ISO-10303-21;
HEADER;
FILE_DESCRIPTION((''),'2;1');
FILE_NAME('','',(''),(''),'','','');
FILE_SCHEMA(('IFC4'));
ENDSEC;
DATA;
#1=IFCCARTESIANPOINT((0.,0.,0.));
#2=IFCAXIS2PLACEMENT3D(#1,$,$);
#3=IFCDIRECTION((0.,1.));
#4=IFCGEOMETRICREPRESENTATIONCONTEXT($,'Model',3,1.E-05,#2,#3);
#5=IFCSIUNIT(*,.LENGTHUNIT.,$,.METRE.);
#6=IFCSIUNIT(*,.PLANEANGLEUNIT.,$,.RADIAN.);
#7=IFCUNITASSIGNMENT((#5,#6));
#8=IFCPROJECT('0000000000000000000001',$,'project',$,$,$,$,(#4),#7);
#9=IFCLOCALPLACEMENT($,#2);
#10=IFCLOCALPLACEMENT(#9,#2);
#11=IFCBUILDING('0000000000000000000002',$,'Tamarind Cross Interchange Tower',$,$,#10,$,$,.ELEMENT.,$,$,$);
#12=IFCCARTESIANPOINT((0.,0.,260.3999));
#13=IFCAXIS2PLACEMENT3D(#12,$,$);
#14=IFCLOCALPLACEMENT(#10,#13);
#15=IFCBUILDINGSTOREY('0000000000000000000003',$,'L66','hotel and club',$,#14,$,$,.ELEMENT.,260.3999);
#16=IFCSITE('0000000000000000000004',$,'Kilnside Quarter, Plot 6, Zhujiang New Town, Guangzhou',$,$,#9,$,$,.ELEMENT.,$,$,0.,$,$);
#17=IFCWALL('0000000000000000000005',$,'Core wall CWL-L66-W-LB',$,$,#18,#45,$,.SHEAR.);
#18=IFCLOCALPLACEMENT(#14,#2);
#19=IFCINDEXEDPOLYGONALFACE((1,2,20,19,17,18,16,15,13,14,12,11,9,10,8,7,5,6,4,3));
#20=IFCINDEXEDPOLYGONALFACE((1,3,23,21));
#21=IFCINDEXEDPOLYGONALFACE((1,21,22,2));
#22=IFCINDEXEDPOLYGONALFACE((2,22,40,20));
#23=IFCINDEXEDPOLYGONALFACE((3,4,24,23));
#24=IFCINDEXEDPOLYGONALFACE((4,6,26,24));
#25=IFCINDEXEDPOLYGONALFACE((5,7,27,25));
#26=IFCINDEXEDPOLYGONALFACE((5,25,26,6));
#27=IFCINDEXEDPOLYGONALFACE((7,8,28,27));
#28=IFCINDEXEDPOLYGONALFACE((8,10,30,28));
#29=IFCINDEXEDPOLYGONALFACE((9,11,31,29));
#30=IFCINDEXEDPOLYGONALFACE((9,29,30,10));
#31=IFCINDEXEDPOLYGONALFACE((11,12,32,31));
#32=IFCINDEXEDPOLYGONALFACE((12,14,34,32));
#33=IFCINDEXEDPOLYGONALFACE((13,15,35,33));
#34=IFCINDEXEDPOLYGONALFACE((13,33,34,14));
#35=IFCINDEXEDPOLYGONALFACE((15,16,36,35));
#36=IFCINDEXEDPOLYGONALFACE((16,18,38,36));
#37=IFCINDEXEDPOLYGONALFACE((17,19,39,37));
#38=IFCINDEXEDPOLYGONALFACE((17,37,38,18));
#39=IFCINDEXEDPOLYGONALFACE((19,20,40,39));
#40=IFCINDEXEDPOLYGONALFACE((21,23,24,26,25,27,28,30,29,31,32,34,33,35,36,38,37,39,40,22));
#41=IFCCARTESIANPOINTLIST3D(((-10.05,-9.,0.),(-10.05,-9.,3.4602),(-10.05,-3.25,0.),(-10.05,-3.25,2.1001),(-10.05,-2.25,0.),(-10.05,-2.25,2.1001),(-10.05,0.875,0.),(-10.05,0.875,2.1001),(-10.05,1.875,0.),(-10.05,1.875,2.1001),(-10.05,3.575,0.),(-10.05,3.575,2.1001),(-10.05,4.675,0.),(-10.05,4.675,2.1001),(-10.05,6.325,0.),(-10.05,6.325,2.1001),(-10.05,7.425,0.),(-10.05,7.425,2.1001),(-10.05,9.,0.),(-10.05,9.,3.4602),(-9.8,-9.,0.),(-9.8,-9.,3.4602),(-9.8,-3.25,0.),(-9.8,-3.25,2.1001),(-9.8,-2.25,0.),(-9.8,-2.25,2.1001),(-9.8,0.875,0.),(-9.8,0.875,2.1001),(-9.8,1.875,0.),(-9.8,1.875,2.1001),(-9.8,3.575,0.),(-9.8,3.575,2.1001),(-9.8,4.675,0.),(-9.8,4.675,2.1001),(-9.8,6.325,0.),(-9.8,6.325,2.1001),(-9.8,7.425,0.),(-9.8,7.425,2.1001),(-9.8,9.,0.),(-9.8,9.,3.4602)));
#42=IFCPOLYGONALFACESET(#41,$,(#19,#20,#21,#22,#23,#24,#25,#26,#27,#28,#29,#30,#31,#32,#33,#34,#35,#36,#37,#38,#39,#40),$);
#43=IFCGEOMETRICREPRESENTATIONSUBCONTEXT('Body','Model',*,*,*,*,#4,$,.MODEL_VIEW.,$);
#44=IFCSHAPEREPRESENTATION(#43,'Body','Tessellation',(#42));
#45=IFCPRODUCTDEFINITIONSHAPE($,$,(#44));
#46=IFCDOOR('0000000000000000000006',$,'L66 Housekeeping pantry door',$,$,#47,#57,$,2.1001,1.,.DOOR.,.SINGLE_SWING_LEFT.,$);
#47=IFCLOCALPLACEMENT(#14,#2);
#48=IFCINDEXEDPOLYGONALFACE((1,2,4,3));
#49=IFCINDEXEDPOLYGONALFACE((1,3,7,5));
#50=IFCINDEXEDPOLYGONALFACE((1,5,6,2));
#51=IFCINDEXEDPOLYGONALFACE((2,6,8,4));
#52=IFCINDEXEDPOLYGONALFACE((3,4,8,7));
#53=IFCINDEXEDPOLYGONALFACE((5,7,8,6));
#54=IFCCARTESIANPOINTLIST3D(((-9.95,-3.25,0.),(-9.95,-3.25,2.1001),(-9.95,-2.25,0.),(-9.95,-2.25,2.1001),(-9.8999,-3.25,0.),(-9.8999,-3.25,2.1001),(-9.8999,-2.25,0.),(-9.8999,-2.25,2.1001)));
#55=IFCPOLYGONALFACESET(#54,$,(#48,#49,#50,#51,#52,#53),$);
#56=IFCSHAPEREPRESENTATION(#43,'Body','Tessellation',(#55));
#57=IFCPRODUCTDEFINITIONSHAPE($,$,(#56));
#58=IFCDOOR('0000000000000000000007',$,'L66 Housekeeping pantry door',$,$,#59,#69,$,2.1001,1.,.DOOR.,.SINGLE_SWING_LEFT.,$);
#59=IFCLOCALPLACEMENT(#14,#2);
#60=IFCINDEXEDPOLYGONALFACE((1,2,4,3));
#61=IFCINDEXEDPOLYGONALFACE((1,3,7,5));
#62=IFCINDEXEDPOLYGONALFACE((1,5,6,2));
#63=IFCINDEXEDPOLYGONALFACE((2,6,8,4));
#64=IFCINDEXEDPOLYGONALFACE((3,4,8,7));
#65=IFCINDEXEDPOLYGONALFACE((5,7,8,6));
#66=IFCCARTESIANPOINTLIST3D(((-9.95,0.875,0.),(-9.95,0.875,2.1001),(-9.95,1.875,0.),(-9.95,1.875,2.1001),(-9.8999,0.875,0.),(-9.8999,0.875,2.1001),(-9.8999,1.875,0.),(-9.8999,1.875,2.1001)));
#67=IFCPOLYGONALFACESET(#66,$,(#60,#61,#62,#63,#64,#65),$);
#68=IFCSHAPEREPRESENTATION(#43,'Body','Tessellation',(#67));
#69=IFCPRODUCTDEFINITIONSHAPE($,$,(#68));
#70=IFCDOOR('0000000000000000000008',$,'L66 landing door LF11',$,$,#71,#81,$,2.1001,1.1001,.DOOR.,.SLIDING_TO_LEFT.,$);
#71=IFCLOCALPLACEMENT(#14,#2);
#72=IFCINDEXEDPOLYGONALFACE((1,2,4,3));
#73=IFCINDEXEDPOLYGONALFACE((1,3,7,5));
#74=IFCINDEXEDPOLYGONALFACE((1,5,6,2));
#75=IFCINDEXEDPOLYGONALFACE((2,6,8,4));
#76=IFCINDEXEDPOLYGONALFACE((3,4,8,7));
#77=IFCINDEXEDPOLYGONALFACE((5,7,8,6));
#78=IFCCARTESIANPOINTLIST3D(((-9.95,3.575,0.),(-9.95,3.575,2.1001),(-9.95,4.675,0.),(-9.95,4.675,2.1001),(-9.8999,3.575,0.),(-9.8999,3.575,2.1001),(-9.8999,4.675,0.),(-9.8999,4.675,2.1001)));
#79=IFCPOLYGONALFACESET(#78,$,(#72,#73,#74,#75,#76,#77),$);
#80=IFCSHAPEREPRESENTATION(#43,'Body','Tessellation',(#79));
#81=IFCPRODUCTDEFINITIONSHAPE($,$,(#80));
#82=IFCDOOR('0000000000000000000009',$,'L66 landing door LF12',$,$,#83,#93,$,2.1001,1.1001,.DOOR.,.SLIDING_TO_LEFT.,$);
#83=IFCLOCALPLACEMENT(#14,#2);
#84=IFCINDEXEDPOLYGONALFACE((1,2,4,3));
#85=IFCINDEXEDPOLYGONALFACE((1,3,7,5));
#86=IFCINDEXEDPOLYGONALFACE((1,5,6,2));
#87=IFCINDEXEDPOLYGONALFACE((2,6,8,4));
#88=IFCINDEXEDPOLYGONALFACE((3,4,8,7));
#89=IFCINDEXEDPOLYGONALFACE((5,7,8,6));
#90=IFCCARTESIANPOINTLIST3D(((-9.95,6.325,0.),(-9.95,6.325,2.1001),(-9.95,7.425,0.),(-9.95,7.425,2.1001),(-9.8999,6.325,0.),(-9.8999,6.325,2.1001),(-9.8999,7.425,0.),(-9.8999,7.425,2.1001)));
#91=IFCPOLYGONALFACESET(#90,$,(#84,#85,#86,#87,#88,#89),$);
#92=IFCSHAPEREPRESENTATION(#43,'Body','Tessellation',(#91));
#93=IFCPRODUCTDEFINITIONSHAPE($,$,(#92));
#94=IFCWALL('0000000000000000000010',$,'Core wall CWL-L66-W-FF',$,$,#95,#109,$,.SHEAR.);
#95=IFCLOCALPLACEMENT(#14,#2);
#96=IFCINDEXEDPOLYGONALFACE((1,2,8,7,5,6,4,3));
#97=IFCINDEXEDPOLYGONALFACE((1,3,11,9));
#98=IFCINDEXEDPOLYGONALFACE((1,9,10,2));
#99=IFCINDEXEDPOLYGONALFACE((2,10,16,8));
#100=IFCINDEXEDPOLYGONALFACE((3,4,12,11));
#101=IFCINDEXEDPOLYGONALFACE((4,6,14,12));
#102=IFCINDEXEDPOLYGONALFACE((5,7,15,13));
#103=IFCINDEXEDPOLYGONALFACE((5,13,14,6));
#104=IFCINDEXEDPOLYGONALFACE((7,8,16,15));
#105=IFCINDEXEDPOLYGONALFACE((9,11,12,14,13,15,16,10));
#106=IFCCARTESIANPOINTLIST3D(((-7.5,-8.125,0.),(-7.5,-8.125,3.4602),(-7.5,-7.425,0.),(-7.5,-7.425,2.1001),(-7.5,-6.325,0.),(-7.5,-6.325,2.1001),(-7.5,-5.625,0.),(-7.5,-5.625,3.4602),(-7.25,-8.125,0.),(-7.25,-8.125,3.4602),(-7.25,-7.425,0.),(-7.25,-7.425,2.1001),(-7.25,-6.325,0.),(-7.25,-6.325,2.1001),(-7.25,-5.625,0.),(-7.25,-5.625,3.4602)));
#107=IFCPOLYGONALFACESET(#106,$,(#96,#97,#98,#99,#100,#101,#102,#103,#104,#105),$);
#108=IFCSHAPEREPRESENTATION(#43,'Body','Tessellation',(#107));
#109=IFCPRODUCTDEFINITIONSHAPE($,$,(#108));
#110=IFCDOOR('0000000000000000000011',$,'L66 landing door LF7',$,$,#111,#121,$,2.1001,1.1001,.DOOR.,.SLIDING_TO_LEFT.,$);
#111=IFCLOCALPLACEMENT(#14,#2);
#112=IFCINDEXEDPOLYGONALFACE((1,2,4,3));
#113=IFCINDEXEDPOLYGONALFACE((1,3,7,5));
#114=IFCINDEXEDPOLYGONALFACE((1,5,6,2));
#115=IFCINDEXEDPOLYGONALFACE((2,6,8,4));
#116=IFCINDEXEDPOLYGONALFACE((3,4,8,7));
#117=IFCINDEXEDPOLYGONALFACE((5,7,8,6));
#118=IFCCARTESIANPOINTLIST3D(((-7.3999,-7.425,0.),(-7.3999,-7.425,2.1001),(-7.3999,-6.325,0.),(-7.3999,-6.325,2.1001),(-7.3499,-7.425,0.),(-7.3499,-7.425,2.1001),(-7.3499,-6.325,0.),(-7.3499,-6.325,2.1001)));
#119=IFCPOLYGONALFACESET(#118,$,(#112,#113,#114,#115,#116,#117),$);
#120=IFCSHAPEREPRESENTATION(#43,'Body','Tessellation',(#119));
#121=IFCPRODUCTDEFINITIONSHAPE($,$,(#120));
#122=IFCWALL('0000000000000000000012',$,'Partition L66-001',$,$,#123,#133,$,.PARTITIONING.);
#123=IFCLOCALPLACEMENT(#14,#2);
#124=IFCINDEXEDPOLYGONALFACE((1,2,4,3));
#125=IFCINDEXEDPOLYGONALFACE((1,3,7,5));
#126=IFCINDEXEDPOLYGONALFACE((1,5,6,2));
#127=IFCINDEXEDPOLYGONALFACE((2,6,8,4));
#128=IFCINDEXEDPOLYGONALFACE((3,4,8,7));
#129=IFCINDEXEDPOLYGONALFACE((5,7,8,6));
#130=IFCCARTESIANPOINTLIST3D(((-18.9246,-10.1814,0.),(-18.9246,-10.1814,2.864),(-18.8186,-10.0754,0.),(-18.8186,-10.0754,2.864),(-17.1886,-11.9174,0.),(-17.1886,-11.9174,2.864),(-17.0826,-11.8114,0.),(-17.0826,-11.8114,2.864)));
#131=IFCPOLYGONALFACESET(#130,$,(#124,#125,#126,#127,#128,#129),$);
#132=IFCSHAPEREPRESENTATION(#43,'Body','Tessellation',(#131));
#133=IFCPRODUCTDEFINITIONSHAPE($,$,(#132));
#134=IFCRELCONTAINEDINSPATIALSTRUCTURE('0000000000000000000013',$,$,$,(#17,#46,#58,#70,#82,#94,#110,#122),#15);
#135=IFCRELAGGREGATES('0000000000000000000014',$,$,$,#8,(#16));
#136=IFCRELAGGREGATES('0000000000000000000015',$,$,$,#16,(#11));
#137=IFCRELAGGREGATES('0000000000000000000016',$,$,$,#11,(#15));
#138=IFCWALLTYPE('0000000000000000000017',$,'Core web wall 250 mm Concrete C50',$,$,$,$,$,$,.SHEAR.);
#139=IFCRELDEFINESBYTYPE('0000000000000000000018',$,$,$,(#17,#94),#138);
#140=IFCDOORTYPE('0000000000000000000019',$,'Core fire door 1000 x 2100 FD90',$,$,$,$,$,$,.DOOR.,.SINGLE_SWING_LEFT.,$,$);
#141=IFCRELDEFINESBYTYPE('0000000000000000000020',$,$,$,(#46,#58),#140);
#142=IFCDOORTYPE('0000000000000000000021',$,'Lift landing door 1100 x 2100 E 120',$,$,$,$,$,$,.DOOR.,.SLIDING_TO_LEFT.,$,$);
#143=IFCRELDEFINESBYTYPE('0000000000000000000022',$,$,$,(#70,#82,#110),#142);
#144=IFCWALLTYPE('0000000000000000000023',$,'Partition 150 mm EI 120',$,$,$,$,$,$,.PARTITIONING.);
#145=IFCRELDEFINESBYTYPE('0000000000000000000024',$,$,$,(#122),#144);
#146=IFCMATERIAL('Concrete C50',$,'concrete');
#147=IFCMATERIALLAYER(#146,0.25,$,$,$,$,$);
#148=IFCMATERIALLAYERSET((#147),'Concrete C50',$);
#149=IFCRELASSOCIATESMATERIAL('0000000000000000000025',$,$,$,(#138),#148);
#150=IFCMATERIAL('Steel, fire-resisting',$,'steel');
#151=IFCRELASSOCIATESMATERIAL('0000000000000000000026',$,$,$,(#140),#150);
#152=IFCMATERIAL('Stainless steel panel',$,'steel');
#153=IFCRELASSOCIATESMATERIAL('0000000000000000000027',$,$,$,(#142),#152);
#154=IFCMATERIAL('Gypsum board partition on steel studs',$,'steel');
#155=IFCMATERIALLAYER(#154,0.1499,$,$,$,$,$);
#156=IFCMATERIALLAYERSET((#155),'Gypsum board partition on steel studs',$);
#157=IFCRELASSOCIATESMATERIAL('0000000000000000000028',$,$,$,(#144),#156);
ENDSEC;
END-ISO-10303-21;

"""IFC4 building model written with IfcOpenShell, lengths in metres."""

from ifc_helpers import new_model, si_unit, direction, frame, frame_2d, origin, place, context, subcontext, project, spatial, rectangle, extrude, material, layer, layer_set, type_object, element, fill, save


model = new_model("IFC4")

# Units and contexts
model_context = context("Model", 3, precision=1e-05, world=origin(), true_north=direction((0.0, 1.0)))
body_context = subcontext(model_context, "Body", "Model", "MODEL_VIEW")
ifc_project = project(units=[si_unit("LENGTHUNIT", "METRE"), si_unit("PLANEANGLEUNIT", "RADIAN")], contexts=[model_context])

# Site, building, storey
site_placement = place(None, origin())
site = spatial("IfcSite", under=ifc_project, at=site_placement, Name="Kilnside Quarter, Plot 6, Zhujiang New Town, Guangzhou", CompositionType="ELEMENT", RefElevation=0.0)
building_placement = place(site_placement, origin())
building = spatial("IfcBuilding", under=site, at=building_placement, Name="Tamarind Cross Interchange Tower", CompositionType="ELEMENT")
storey_placement = place(building_placement, frame((0.0, 0.0, 260.3999)))
storey = spatial("IfcBuildingStorey", under=building, at=storey_placement, Name="L66", Description="hotel and club", CompositionType="ELEMENT", Elevation=260.3999)

# Shared definitions
ifc_material_1 = material(Name="Concrete C50", Category="concrete")
ifc_material_2 = material(Name="Steel, fire-resisting", Category="steel")

# Shared definitions
ifc_layer_1 = layer(ifc_material_1, 0.25)
ifc_layer_set_1 = layer_set([ifc_layer_1], Name="Concrete C50")
wall_type_1 = type_object("IfcWallType", Name="Core web wall 250 mm Concrete C50", PredefinedType="SHEAR", material=ifc_layer_set_1)

# Wall, openings, doors
door_type_1 = type_object("IfcDoorType", Name="Core fire door 1000 x 2100 FD90", OperationType="SINGLE_SWING_LEFT", PredefinedType="DOOR", material=ifc_material_2)
ifc_material_3 = material(Name="Stainless steel panel", Category="steel")
wall_1_placement = place(storey_placement, frame((-9.925, -9.0, 0.0), z_axis=(0.0, 0.0, 1.0), x_axis=(0.0, 1.0, 0.0)))
wall_1 = element("IfcWall", 1, at=wall_1_placement, inside=storey, type_object=wall_type_1, Name="Core wall CWL-L66-W-LB", PredefinedType="SHEAR", context=body_context, shape_type="SweptSolid", body=[
    extrude(rectangle(XDim=18.0, YDim=0.25, at=frame_2d((9.0, 0.0))), origin(), (0.0, 0.0, 1.0), 3.4602),
])
opening_1_placement = place(wall_1_placement, frame((12.575, 0.0, 0.0)))
opening_1 = element("IfcOpeningElement", 2, at=opening_1_placement, cuts=wall_1, PredefinedType="OPENING", context=body_context, shape_type="SweptSolid", body=[
    extrude(rectangle(XDim=1.1001, YDim=2.1001, at=frame_2d((0.55, 1.05))), frame((0.0, 0.135, 0.0), z_axis=(0.0, -1.0, 0.0), x_axis=(1.0, 0.0, 0.0)), (0.0, 0.0, 1.0), 0.27),
])
opening_2_placement = place(wall_1_placement, frame((15.325, 0.0, 0.0)))
opening_2 = element("IfcOpeningElement", 3, at=opening_2_placement, cuts=wall_1, PredefinedType="OPENING", context=body_context, shape_type="SweptSolid", body=[
    extrude(rectangle(XDim=1.1001, YDim=2.1001, at=frame_2d((0.55, 1.05))), frame((0.0, 0.135, 0.0), z_axis=(0.0, -1.0, 0.0), x_axis=(1.0, 0.0, 0.0)), (0.0, 0.0, 1.0), 0.27),
])
opening_3_placement = place(wall_1_placement, frame((5.75, 0.0, 0.0)))
opening_3 = element("IfcOpeningElement", 4, at=opening_3_placement, cuts=wall_1, PredefinedType="OPENING", context=body_context, shape_type="SweptSolid", body=[
    extrude(rectangle(XDim=1.0, YDim=2.1001, at=frame_2d((0.5, 1.05))), frame((0.0, 0.135, 0.0), z_axis=(0.0, -1.0, 0.0), x_axis=(1.0, 0.0, 0.0)), (0.0, 0.0, 1.0), 0.27),
])
opening_4_placement = place(wall_1_placement, frame((9.875, 0.0, 0.0)))
opening_4 = element("IfcOpeningElement", 5, at=opening_4_placement, cuts=wall_1, PredefinedType="OPENING", context=body_context, shape_type="SweptSolid", body=[
    extrude(rectangle(XDim=1.0, YDim=2.1001, at=frame_2d((0.5, 1.05))), frame((0.0, 0.135, 0.0), z_axis=(0.0, -1.0, 0.0), x_axis=(1.0, 0.0, 0.0)), (0.0, 0.0, 1.0), 0.27),
])
door_1_placement = place(opening_3_placement, origin())
door_1 = element("IfcDoor", 6, at=door_1_placement, inside=storey, type_object=door_type_1, Name="L66 Housekeeping pantry door", OperationType="SINGLE_SWING_LEFT", OverallHeight=2.1001, OverallWidth=1.0, PredefinedType="DOOR", context=body_context, shape_type="SweptSolid", body=[
    extrude(rectangle(XDim=1.0, YDim=2.1001, at=frame_2d((0.5, 1.05))), frame((0.0, 0.0249, 0.0), z_axis=(0.0, -1.0, 0.0), x_axis=(1.0, 0.0, 0.0)), (0.0, 0.0, 1.0), 0.05),
])
fill(opening_3, door_1)
door_2_placement = place(opening_4_placement, origin())
door_2 = element("IfcDoor", 7, at=door_2_placement, inside=storey, type_object=door_type_1, Name="L66 Housekeeping pantry door", OperationType="SINGLE_SWING_LEFT", OverallHeight=2.1001, OverallWidth=1.0, PredefinedType="DOOR", context=body_context, shape_type="SweptSolid", body=[
    extrude(rectangle(XDim=1.0, YDim=2.1001, at=frame_2d((0.5, 1.05))), frame((0.0, 0.0249, 0.0), z_axis=(0.0, -1.0, 0.0), x_axis=(1.0, 0.0, 0.0)), (0.0, 0.0, 1.0), 0.05),
])
fill(opening_4, door_2)
door_type_2 = type_object("IfcDoorType", Name="Lift landing door 1100 x 2100 E 120", OperationType="SLIDING_TO_LEFT", PredefinedType="DOOR", material=ifc_material_3)
door_3_placement = place(opening_1_placement, origin())
door_3 = element("IfcDoor", 8, at=door_3_placement, inside=storey, type_object=door_type_2, Name="L66 landing door LF11", OperationType="SLIDING_TO_LEFT", OverallHeight=2.1001, OverallWidth=1.1001, PredefinedType="DOOR", context=body_context, shape_type="SweptSolid", body=[
    extrude(rectangle(XDim=1.1001, YDim=2.1001, at=frame_2d((0.55, 1.05))), frame((0.0, 0.0249, 0.0), z_axis=(0.0, -1.0, 0.0), x_axis=(1.0, 0.0, 0.0)), (0.0, 0.0, 1.0), 0.05),
])
fill(opening_1, door_3)
door_4_placement = place(opening_2_placement, origin())
door_4 = element("IfcDoor", 9, at=door_4_placement, inside=storey, type_object=door_type_2, Name="L66 landing door LF12", OperationType="SLIDING_TO_LEFT", OverallHeight=2.1001, OverallWidth=1.1001, PredefinedType="DOOR", context=body_context, shape_type="SweptSolid", body=[
    extrude(rectangle(XDim=1.1001, YDim=2.1001, at=frame_2d((0.55, 1.05))), frame((0.0, 0.0249, 0.0), z_axis=(0.0, -1.0, 0.0), x_axis=(1.0, 0.0, 0.0)), (0.0, 0.0, 1.0), 0.05),
])
fill(opening_2, door_4)

# Wall, opening, door
wall_2_placement = place(storey_placement, frame((-7.375, -8.125, 0.0), z_axis=(0.0, 0.0, 1.0), x_axis=(0.0, 1.0, 0.0)))
wall_2 = element("IfcWall", 10, at=wall_2_placement, inside=storey, type_object=wall_type_1, Name="Core wall CWL-L66-W-FF", PredefinedType="SHEAR", context=body_context, shape_type="SweptSolid", body=[
    extrude(rectangle(XDim=2.5, YDim=0.25, at=frame_2d((1.25, 0.0))), origin(), (0.0, 0.0, 1.0), 3.4602),
])
opening_5_placement = place(wall_2_placement, frame((0.7, 0.0, 0.0)))
opening_5 = element("IfcOpeningElement", 11, at=opening_5_placement, cuts=wall_2, PredefinedType="OPENING", context=body_context, shape_type="SweptSolid", body=[
    extrude(rectangle(XDim=1.1001, YDim=2.1001, at=frame_2d((0.55, 1.05))), frame((0.0, 0.135, 0.0), z_axis=(0.0, -1.0, 0.0), x_axis=(1.0, 0.0, 0.0)), (0.0, 0.0, 1.0), 0.27),
])
door_5_placement = place(opening_5_placement, origin())
door_5 = element("IfcDoor", 12, at=door_5_placement, inside=storey, type_object=door_type_2, Name="L66 landing door LF7", OperationType="SLIDING_TO_LEFT", OverallHeight=2.1001, OverallWidth=1.1001, PredefinedType="DOOR", context=body_context, shape_type="SweptSolid", body=[
    extrude(rectangle(XDim=1.1001, YDim=2.1001, at=frame_2d((0.55, 1.05))), frame((0.0, 0.0249, 0.0), z_axis=(0.0, -1.0, 0.0), x_axis=(1.0, 0.0, 0.0)), (0.0, 0.0, 1.0), 0.05),
])
fill(opening_5, door_5)

# Wall
ifc_material_4 = material(Name="Gypsum board partition on steel studs", Category="steel")
ifc_layer_2 = layer(ifc_material_4, 0.1499)
ifc_layer_set_2 = layer_set([ifc_layer_2], Name="Gypsum board partition on steel studs")
wall_type_2 = type_object("IfcWallType", Name="Partition 150 mm EI 120", PredefinedType="PARTITIONING", material=ifc_layer_set_2)
wall_3_placement = place(storey_placement, frame((-18.8716, -10.1284, 0.0), z_axis=(0.0, 0.0, 1.0), x_axis=(0.707107, -0.707107, 0.0)))
element("IfcWall", 13, at=wall_3_placement, inside=storey, type_object=wall_type_2, Name="Partition L66-001", PredefinedType="PARTITIONING", context=body_context, shape_type="SweptSolid", body=[
    extrude(rectangle(XDim=2.4551, YDim=0.1499, at=frame_2d((1.2275, 0.0))), origin(), (0.0, 0.0, 1.0), 2.864),
])

save(model, "model.ifc")
